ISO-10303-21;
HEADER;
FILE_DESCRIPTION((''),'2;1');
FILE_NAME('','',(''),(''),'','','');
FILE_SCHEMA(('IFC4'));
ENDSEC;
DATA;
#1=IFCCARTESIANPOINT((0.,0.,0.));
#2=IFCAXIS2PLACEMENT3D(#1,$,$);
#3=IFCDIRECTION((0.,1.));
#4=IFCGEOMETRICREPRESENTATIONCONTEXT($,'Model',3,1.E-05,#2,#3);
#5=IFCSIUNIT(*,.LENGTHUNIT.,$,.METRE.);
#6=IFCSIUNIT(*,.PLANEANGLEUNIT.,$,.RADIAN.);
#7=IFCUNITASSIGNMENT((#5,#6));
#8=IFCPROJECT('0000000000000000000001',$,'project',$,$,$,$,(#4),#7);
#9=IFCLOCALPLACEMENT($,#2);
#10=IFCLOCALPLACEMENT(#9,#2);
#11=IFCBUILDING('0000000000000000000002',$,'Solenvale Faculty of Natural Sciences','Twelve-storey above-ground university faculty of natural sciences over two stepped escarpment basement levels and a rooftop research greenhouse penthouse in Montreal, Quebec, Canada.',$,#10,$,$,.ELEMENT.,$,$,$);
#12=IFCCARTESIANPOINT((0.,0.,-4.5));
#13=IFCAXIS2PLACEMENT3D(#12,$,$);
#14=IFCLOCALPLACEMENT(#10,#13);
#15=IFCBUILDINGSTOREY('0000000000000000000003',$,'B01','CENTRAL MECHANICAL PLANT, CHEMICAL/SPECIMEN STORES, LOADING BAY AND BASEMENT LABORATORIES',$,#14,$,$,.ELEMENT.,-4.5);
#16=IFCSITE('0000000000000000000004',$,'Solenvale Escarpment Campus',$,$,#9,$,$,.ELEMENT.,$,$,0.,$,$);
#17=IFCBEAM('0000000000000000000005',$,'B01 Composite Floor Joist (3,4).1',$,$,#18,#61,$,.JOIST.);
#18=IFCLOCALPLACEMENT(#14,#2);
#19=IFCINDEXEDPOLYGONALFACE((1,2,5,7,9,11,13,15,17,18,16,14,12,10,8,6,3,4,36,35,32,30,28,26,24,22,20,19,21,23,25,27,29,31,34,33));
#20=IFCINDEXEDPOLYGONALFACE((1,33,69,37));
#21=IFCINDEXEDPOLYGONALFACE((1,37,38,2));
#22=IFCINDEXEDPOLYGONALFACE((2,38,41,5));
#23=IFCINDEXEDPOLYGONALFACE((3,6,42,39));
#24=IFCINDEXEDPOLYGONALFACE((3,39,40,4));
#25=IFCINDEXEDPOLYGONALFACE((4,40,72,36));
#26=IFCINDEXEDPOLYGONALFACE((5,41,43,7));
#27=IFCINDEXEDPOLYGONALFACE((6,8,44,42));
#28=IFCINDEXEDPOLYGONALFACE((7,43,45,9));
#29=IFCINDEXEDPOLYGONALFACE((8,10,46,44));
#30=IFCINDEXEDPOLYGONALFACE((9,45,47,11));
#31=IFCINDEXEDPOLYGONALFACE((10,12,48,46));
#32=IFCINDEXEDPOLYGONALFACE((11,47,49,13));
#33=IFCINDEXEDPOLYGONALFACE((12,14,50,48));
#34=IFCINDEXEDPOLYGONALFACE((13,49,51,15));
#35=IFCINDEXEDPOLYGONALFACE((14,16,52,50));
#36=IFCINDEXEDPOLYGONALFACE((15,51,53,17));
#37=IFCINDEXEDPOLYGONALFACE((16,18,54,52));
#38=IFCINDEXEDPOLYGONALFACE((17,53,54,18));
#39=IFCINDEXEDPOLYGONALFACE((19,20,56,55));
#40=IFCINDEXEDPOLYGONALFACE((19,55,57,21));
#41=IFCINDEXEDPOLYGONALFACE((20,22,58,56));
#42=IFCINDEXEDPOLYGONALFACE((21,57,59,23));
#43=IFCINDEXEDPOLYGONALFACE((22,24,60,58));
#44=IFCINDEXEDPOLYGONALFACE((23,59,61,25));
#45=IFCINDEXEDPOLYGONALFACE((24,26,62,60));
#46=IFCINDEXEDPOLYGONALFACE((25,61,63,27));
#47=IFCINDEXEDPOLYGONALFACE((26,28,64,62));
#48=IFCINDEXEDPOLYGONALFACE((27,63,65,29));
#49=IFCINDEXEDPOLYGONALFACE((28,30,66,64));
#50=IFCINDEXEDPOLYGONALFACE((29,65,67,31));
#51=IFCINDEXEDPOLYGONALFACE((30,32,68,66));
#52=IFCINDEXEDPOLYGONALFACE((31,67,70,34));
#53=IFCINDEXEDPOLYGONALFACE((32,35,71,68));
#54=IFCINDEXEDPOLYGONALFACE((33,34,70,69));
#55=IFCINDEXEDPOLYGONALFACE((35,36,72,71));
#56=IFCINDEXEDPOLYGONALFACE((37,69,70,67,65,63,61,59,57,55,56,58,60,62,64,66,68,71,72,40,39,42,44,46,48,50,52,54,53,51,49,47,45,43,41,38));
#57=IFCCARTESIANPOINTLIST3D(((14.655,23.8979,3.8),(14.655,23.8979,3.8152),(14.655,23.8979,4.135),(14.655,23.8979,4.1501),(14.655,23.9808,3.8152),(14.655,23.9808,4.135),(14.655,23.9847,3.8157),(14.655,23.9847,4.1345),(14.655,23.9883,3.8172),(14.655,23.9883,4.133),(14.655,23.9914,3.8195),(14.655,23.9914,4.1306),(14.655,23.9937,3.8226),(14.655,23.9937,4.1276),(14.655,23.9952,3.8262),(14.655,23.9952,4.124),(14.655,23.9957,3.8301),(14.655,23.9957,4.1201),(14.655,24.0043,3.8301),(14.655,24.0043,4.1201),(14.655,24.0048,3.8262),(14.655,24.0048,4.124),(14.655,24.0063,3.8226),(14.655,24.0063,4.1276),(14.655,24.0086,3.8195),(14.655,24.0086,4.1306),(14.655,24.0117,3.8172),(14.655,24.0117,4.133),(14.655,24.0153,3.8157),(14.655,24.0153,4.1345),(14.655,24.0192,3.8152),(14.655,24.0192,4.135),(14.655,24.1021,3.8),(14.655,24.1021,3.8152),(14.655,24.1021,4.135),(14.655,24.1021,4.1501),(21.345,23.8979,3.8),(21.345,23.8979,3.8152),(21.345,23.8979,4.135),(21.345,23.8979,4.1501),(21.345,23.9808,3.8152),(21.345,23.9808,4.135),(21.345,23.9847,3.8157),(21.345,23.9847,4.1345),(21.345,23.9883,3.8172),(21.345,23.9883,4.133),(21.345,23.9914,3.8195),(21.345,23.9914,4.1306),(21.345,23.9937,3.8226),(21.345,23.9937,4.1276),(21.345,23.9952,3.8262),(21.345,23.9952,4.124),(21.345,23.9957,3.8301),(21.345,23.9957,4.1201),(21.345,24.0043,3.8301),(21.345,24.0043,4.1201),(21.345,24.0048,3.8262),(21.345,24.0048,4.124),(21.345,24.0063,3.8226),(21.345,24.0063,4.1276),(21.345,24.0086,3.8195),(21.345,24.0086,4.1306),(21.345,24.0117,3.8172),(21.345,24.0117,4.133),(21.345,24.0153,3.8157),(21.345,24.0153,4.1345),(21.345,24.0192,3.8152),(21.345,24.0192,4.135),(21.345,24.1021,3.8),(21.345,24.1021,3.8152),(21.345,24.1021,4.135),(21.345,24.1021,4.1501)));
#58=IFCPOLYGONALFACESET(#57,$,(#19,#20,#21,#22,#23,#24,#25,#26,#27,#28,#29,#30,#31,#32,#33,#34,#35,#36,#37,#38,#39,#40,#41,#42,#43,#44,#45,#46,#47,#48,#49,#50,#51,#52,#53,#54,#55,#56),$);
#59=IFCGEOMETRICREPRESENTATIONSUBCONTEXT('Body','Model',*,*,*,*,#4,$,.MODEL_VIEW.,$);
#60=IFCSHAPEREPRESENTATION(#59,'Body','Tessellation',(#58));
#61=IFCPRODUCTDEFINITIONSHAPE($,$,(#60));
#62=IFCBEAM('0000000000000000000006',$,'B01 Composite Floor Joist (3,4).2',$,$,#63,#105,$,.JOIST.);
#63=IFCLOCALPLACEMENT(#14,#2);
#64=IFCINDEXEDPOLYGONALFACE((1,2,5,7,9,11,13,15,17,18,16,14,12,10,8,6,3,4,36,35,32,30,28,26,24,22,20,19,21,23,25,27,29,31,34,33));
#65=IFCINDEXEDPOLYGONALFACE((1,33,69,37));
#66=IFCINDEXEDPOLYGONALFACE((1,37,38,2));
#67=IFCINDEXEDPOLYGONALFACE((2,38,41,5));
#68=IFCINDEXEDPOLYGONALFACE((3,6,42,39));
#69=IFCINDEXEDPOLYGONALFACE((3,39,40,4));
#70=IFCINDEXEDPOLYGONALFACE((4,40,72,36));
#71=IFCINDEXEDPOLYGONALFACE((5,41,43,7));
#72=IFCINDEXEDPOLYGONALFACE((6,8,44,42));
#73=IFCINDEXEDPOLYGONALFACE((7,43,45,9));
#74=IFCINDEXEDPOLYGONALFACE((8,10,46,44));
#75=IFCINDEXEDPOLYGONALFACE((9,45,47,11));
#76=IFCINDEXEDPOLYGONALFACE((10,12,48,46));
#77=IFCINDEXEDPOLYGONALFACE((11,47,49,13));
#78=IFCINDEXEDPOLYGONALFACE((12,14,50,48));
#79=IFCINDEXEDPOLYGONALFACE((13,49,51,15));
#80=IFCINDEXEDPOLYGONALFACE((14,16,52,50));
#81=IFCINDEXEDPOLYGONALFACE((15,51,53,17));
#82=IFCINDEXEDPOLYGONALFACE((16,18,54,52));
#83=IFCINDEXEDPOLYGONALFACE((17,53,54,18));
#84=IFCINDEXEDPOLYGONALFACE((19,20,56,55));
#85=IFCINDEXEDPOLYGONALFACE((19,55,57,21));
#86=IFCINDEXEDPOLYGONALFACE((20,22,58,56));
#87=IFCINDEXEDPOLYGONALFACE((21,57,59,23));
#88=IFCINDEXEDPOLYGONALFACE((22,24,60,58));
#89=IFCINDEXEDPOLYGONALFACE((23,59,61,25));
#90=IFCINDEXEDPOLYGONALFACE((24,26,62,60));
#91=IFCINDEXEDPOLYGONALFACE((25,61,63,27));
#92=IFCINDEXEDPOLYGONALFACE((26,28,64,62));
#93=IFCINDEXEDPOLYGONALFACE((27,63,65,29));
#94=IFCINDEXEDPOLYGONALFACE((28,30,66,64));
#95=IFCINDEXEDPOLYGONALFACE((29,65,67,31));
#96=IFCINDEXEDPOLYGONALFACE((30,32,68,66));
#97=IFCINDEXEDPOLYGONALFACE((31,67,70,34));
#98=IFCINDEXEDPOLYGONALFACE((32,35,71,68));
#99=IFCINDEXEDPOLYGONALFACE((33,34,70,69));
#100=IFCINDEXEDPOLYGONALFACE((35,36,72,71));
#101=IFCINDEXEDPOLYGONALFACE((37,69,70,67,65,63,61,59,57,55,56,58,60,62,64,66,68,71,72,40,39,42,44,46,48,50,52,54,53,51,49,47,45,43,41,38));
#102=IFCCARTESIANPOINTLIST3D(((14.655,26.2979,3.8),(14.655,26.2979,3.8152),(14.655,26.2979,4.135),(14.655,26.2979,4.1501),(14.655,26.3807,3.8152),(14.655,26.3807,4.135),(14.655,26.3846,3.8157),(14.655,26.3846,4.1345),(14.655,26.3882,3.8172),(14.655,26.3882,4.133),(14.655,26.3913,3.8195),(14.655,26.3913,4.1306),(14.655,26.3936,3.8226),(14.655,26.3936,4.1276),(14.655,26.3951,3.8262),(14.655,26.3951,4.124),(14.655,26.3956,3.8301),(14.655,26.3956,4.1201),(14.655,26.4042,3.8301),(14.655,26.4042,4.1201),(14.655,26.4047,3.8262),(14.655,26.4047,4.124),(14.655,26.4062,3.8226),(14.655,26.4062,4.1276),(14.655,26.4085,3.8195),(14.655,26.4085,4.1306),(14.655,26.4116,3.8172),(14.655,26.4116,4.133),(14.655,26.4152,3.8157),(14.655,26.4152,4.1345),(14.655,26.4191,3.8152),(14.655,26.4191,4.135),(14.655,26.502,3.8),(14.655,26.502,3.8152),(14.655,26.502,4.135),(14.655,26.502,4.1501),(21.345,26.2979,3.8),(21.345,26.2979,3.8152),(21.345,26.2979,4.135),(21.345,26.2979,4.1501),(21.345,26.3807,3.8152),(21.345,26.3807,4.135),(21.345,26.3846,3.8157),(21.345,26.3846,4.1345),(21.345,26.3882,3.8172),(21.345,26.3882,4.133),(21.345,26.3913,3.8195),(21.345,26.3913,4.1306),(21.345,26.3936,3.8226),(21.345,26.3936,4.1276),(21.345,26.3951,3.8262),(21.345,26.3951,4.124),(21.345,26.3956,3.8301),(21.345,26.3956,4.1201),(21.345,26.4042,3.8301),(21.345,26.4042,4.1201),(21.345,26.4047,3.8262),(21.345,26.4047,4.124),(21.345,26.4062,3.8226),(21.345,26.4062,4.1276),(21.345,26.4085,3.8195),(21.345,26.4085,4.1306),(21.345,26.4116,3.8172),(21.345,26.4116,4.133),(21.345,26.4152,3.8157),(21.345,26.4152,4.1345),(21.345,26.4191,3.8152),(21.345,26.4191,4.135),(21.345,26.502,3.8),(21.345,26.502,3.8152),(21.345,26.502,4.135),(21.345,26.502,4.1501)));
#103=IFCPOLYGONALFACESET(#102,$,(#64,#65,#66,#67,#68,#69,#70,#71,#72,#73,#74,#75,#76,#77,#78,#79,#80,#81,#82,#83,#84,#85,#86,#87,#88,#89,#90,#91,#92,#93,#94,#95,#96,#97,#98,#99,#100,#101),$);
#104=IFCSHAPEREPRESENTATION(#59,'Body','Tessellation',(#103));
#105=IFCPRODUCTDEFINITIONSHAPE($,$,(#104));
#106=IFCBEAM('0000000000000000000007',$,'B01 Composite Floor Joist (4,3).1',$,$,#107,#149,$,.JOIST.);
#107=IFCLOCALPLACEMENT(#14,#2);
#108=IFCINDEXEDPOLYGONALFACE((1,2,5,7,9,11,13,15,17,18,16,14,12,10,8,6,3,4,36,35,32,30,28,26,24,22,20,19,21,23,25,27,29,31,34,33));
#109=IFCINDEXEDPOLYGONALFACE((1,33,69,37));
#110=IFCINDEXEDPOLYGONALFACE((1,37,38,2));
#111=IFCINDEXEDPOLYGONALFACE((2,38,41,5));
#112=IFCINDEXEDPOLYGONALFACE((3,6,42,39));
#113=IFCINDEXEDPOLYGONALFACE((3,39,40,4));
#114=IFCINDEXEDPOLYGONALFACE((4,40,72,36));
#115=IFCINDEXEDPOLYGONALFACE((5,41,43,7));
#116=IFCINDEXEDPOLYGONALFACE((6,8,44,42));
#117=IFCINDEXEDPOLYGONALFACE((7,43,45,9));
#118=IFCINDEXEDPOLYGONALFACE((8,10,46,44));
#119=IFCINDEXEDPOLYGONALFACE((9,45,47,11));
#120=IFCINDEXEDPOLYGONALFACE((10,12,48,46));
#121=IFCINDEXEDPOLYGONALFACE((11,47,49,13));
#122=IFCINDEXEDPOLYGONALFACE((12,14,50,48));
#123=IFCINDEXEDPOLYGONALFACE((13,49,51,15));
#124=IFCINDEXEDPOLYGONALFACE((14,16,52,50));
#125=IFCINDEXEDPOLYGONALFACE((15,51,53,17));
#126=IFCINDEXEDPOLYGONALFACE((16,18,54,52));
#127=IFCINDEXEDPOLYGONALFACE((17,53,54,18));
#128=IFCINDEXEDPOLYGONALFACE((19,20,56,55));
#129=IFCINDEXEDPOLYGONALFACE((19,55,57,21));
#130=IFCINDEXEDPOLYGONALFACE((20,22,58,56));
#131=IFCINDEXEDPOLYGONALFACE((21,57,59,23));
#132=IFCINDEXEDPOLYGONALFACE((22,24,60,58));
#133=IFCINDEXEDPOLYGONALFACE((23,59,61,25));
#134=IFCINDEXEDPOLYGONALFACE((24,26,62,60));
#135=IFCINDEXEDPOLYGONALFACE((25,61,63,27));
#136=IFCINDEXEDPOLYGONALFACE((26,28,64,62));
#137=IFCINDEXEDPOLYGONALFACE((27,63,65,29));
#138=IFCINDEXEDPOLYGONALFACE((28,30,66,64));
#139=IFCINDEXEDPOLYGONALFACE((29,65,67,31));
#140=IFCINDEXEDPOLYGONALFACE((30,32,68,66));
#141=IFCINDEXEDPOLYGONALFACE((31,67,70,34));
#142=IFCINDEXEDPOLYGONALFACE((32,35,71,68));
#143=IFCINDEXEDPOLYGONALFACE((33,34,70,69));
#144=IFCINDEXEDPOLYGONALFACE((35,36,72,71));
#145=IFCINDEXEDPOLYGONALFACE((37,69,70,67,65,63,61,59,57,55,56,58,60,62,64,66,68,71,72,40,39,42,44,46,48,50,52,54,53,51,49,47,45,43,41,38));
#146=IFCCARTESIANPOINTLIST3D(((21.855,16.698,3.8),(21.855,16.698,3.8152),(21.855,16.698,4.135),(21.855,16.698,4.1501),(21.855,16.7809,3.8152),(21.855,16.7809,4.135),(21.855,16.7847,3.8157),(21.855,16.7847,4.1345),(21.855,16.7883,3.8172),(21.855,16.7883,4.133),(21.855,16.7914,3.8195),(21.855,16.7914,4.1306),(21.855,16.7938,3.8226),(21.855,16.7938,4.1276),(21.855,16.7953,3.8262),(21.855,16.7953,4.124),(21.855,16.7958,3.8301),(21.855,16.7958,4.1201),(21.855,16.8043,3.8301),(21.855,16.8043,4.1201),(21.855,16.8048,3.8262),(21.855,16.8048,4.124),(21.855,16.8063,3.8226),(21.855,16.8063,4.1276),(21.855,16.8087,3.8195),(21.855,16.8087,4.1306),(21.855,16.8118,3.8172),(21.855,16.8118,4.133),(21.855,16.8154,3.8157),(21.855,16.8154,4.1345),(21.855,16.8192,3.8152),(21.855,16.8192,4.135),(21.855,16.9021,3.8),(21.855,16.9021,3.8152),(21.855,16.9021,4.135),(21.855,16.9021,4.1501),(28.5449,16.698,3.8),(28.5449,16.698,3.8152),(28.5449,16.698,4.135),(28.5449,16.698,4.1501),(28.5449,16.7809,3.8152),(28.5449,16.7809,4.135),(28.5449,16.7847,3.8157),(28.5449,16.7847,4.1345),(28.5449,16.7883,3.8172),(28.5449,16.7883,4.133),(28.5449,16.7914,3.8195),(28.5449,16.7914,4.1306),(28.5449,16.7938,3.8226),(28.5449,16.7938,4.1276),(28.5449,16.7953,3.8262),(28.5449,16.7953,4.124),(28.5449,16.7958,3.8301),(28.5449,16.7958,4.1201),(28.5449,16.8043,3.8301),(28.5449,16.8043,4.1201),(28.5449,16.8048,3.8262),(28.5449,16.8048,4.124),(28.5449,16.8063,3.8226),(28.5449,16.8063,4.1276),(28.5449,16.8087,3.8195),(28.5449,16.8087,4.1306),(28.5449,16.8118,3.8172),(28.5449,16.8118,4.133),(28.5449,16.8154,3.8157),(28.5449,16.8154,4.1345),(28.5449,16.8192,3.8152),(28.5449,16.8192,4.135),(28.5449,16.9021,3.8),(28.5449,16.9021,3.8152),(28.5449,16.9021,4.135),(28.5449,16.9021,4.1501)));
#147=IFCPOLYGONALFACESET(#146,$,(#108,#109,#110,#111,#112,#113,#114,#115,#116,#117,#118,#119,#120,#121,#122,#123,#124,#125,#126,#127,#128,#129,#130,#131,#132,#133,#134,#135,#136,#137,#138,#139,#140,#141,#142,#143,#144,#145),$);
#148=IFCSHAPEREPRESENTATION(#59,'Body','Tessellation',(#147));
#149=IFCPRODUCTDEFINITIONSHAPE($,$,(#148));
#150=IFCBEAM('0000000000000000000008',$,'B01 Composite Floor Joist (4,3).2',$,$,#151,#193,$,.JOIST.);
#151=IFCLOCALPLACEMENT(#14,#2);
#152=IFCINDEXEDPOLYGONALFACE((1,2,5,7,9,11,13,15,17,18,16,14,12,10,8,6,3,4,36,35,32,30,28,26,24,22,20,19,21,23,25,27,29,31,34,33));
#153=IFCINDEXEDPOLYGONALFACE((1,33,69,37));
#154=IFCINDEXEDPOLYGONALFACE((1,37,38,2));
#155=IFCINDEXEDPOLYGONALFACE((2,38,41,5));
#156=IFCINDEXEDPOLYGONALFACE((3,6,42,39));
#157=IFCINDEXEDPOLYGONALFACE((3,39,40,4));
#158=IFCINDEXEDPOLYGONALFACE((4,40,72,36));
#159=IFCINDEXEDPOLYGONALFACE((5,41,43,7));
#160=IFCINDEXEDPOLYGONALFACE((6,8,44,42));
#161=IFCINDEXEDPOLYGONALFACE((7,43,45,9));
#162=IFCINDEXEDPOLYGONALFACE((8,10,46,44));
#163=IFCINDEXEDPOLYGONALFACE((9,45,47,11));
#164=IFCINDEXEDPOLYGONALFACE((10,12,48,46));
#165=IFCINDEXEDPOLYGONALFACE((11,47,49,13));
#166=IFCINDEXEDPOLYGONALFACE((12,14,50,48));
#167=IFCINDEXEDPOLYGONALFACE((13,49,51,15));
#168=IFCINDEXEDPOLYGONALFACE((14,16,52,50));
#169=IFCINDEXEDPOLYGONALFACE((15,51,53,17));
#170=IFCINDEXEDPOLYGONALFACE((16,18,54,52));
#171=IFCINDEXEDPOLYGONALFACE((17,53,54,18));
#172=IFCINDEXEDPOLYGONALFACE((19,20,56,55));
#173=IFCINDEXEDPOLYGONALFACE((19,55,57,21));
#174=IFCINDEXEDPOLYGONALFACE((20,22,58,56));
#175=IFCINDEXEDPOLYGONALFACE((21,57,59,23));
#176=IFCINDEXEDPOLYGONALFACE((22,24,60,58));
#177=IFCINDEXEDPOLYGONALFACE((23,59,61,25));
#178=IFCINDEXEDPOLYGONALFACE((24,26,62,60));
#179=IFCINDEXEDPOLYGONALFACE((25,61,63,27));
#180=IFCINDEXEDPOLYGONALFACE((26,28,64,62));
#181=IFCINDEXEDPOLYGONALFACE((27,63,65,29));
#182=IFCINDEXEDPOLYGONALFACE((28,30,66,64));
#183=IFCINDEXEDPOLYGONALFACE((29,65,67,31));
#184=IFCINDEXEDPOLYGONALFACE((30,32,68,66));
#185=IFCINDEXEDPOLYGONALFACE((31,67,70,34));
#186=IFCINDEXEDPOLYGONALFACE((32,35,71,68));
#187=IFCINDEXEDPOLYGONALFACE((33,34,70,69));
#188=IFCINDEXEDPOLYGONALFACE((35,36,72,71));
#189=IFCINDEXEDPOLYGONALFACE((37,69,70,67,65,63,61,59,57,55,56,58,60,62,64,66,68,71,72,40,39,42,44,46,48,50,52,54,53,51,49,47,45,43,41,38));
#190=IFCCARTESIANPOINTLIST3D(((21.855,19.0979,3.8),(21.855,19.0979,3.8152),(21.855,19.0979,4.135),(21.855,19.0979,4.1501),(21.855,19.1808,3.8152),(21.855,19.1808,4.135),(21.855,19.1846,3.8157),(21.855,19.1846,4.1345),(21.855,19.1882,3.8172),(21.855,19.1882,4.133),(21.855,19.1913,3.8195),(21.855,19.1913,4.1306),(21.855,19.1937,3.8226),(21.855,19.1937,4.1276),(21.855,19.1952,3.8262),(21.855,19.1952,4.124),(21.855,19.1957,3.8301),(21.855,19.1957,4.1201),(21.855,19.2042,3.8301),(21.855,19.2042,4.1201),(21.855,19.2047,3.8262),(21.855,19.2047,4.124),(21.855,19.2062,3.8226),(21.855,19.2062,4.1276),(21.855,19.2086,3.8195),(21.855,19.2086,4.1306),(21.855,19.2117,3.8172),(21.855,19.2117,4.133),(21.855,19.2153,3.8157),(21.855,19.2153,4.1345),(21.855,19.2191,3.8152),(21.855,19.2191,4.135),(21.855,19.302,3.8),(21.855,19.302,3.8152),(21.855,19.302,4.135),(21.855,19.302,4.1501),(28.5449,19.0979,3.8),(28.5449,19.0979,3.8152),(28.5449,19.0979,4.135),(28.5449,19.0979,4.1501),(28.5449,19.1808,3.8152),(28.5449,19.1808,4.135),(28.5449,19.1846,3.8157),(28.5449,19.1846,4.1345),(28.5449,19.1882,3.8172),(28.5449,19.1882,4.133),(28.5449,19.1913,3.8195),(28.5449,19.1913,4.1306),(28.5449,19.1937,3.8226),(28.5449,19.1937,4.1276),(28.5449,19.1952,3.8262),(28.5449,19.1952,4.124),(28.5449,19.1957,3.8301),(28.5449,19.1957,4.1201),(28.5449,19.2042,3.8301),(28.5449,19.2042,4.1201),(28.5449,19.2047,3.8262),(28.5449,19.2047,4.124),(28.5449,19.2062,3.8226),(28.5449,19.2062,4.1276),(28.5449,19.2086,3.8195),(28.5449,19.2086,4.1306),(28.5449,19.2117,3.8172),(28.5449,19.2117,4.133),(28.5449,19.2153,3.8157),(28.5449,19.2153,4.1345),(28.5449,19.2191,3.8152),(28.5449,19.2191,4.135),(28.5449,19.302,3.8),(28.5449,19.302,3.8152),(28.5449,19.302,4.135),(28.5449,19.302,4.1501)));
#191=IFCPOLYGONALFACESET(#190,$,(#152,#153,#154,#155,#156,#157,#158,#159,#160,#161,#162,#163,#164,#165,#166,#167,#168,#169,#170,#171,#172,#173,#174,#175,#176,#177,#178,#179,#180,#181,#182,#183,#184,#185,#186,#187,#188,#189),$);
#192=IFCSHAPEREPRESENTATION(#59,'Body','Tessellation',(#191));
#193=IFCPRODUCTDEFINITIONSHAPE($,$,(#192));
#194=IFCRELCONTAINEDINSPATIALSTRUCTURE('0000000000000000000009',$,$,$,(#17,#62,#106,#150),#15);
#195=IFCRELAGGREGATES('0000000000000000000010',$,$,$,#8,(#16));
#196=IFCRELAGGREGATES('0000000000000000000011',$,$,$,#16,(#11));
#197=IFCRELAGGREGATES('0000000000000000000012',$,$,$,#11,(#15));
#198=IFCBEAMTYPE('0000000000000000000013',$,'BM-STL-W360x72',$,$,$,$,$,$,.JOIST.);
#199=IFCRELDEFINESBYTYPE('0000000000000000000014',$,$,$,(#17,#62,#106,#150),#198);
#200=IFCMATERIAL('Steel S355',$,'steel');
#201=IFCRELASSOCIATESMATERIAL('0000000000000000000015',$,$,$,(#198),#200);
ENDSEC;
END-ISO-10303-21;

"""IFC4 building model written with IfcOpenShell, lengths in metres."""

from ifc_helpers import new_model, si_unit, direction, frame, origin, origin_2d, place, context, subcontext, project, spatial, i_section, extrude, material, material_profile, profile_set, type_object, element, save


model = new_model("IFC4")

# Units and contexts
model_context = context("Model", 3, precision=1e-05, world=origin(), true_north=direction((0.0, 1.0)))
body_context = subcontext(model_context, "Body", "Model", "MODEL_VIEW")
ifc_project = project(units=[si_unit("LENGTHUNIT", "METRE"), si_unit("PLANEANGLEUNIT", "RADIAN")], contexts=[model_context])

# Site, building, storey
site_placement = place(None, origin())
site = spatial("IfcSite", under=ifc_project, at=site_placement, Name="Solenvale Escarpment Campus", CompositionType="ELEMENT", RefElevation=0.0)
building_placement = place(site_placement, origin())
building = spatial("IfcBuilding", under=site, at=building_placement, Name="Solenvale Faculty of Natural Sciences", Description="Twelve-storey above-ground university faculty of natural sciences over two stepped escarpment basement levels and a rooftop research greenhouse penthouse in Montreal, Quebec, Canada.", CompositionType="ELEMENT")
storey_placement = place(building_placement, frame((0.0, 0.0, -4.5)))
storey = spatial("IfcBuildingStorey", under=building, at=storey_placement, Name="B01", Description="CENTRAL MECHANICAL PLANT, CHEMICAL/SPECIMEN STORES, LOADING BAY AND BASEMENT LABORATORIES", CompositionType="ELEMENT", Elevation=-4.5)

# Beams
ifc_material_1 = material(Name="Steel S355", Category="steel")
ifc_material_profile_1 = material_profile(ifc_material_1, i_section(OverallWidth=0.2041, OverallDepth=0.3501, WebThickness=0.0085, FlangeThickness=0.0151, FilletRadius=0.0149, at=origin_2d()), Name="W360x72")
ifc_profile_set_1 = profile_set([ifc_material_profile_1], Name="Steel S355")
beam_type_1 = type_object("IfcBeamType", Name="BM-STL-W360x72", PredefinedType="JOIST", material=ifc_profile_set_1)
for number, where, z_axis, x_axis, name in (
    (1, (14.655, 24.0, 3.9751), (1.0, 0.0, 0.0), (0.0, 1.0, 0.0), "B01 Composite Floor Joist (3,4).1"),
    (2, (14.655, 26.3999, 3.9751), (1.0, 0.0, 0.0), (0.0, 1.0, 0.0), "B01 Composite Floor Joist (3,4).2"),
    (3, (21.855, 16.8, 3.9751), (1.0, 0.0, 0.0), (0.0, 1.0, 0.0), "B01 Composite Floor Joist (4,3).1"),
    (4, (21.855, 19.2, 3.9751), (1.0, 0.0, 0.0), (0.0, 1.0, 0.0), "B01 Composite Floor Joist (4,3).2"),
):
    element("IfcBeam", number, at=place(storey_placement, frame(where, z_axis=z_axis, x_axis=x_axis)), inside=storey, type_object=beam_type_1, Name=name, PredefinedType="JOIST", context=body_context, shape_type="SweptSolid", body=[
        extrude(i_section(OverallWidth=0.2041, OverallDepth=0.3501, WebThickness=0.0085, FlangeThickness=0.0151, FilletRadius=0.0149, at=origin_2d()), origin(), (0.0, 0.0, 1.0), 6.6899),
    ])

save(model, "model.ifc")
